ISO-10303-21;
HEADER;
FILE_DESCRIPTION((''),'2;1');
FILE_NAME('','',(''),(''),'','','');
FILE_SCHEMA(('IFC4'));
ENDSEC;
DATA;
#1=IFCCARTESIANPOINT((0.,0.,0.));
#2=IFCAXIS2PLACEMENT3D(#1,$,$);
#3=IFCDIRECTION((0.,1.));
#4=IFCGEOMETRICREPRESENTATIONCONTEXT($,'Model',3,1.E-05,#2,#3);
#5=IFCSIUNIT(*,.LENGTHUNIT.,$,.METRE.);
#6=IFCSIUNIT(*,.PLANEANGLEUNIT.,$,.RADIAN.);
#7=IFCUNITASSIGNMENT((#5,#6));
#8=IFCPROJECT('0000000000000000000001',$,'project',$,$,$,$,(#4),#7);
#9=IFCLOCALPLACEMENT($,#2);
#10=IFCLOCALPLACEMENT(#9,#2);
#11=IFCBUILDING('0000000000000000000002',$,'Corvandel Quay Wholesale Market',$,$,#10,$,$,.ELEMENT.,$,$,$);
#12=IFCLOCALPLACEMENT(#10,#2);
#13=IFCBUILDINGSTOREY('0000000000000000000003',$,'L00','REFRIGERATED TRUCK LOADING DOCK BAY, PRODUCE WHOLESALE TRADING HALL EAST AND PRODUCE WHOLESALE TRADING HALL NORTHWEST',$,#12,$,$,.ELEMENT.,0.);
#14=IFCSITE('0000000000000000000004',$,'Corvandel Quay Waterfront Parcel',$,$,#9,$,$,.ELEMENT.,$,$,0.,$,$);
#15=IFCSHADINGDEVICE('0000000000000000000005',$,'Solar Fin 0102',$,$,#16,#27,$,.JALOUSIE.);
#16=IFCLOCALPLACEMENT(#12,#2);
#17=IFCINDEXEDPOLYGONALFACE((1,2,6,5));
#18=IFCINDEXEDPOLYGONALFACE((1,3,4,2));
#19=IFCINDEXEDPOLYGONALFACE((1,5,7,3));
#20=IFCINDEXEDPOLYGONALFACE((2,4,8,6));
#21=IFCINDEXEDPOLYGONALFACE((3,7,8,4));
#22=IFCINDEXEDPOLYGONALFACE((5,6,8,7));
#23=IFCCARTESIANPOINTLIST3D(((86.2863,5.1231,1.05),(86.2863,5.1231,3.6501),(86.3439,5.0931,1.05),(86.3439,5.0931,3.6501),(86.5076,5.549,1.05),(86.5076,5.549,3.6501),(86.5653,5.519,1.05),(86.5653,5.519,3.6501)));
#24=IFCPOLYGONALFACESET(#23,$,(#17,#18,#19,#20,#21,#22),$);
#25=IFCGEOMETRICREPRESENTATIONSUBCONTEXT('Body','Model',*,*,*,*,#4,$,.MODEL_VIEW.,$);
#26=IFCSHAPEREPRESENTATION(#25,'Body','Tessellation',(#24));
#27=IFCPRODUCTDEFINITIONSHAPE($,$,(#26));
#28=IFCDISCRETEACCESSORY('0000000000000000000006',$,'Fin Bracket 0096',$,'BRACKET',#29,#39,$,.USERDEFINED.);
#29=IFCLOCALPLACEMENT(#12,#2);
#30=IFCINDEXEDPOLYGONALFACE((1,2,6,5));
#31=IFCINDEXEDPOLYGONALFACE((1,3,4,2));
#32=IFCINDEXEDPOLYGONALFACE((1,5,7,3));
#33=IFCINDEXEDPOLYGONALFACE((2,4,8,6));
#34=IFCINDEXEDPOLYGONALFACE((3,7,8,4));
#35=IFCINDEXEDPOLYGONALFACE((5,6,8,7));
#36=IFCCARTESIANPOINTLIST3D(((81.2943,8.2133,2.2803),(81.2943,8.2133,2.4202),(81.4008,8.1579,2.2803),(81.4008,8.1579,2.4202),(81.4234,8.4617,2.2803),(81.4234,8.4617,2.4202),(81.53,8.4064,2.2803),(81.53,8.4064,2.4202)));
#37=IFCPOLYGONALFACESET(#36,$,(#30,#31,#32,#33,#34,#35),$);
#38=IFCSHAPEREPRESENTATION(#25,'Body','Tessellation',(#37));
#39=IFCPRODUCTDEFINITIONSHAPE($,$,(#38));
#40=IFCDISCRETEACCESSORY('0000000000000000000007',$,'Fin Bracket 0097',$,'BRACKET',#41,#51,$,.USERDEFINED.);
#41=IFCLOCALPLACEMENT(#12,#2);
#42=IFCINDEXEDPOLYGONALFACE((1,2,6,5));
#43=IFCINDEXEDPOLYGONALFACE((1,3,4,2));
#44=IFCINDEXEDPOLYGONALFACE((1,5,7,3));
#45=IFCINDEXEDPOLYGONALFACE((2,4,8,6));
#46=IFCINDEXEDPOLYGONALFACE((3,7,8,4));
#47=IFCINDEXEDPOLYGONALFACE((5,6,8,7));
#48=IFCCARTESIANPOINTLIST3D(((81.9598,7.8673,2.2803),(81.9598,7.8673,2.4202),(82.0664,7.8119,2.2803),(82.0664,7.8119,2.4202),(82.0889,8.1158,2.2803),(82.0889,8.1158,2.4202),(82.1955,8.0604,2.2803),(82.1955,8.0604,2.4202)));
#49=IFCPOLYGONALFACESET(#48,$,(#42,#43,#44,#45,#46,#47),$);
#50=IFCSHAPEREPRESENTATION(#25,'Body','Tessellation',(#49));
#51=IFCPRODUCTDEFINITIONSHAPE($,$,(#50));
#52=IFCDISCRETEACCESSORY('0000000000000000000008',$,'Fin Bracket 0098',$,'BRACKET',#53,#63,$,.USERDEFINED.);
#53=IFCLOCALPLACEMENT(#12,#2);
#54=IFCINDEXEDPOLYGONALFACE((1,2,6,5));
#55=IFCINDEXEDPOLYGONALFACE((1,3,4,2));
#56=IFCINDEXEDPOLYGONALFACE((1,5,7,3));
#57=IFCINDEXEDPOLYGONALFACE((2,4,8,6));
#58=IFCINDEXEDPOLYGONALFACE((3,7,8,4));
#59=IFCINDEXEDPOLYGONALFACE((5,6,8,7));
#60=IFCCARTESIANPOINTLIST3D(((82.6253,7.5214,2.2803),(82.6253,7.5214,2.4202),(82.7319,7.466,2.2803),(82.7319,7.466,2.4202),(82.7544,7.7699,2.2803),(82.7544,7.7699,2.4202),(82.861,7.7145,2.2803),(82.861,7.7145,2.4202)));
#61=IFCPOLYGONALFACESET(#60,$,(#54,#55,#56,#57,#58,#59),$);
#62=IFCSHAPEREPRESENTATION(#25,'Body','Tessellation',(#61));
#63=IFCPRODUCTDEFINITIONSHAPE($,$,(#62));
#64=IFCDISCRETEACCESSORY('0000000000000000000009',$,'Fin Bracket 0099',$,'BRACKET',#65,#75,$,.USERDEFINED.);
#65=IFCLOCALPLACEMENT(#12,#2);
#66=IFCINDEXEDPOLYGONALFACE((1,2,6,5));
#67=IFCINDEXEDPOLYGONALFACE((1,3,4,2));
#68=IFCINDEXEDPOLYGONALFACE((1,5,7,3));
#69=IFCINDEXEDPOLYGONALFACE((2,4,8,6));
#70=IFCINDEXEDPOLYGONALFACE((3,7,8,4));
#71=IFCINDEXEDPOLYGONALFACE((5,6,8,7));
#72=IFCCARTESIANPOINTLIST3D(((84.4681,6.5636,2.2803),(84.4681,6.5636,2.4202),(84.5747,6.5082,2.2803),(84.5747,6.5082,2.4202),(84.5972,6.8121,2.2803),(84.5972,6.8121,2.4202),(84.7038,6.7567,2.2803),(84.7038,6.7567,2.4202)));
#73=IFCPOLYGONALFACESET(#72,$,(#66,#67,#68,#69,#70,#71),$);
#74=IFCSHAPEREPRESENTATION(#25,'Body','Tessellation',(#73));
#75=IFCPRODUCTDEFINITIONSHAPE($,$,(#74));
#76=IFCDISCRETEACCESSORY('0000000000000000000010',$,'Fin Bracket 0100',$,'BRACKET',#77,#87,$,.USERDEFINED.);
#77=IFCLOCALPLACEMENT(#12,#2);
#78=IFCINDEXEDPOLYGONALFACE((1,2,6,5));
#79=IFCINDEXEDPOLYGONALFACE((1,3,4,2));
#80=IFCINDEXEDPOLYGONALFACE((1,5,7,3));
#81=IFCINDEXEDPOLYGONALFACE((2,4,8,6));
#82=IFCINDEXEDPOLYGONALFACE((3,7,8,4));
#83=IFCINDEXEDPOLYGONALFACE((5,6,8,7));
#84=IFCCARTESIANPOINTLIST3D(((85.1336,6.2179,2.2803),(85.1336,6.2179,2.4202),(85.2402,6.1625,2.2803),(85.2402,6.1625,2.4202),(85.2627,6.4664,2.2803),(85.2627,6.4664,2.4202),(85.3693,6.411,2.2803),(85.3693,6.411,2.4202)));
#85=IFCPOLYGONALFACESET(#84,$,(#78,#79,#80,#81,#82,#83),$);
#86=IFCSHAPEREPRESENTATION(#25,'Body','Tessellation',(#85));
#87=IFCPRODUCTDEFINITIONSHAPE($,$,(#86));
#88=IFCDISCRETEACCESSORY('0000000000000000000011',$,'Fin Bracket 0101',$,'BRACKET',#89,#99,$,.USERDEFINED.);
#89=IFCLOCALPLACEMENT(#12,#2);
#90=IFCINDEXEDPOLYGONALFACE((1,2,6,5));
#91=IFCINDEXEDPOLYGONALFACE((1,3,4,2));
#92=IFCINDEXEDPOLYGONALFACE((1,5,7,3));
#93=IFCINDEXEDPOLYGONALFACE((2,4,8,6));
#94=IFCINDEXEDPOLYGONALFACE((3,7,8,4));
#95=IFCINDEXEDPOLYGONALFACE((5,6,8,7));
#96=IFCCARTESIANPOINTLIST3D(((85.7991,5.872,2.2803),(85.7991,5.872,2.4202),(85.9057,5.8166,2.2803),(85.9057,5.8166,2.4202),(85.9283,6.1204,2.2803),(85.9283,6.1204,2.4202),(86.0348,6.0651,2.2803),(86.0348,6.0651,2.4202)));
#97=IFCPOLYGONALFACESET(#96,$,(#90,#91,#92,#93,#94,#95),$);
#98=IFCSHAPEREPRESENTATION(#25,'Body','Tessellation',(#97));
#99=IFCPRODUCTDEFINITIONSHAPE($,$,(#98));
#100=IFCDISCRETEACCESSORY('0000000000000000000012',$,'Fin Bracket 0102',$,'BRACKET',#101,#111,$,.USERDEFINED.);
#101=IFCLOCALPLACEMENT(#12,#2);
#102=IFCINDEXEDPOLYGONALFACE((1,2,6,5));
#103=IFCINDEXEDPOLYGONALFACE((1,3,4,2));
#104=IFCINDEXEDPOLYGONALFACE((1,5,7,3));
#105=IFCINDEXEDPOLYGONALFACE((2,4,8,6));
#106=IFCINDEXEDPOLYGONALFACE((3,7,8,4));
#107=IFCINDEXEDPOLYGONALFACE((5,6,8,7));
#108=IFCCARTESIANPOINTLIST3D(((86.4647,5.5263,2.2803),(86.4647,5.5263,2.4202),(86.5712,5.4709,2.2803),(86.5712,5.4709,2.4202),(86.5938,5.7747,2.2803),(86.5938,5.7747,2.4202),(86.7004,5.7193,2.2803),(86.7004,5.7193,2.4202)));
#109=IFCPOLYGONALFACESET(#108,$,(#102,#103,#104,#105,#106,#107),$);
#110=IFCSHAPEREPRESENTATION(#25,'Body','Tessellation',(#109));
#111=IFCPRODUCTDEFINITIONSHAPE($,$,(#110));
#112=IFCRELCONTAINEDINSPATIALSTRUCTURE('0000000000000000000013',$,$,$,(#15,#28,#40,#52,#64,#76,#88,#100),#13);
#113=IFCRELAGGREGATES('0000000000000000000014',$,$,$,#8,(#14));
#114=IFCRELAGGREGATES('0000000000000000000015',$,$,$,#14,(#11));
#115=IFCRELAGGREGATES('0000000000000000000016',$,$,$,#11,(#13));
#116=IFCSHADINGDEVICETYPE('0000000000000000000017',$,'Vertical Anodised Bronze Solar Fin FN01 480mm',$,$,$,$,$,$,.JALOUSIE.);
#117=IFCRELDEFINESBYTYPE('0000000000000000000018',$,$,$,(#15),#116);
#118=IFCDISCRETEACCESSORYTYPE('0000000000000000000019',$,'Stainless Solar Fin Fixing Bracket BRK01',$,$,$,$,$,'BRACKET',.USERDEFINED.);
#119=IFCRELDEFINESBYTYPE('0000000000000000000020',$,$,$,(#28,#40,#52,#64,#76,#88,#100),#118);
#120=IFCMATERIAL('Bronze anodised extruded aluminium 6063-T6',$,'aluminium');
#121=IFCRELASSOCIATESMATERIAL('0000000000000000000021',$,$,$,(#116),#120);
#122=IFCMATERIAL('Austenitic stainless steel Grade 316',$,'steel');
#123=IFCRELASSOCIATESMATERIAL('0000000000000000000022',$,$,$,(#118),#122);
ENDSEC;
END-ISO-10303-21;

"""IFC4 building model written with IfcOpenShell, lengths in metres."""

from ifc_helpers import new_model, si_unit, direction, frame, origin, origin_2d, place, context, subcontext, project, spatial, rectangle, extrude, material, type_object, element, save


model = new_model("IFC4")

# Units and contexts
model_context = context("Model", 3, precision=1e-05, world=origin(), true_north=direction((0.0, 1.0)))
body_context = subcontext(model_context, "Body", "Model", "MODEL_VIEW")
ifc_project = project(units=[si_unit("LENGTHUNIT", "METRE"), si_unit("PLANEANGLEUNIT", "RADIAN")], contexts=[model_context])

# Site, building, storey
site_placement = place(None, origin())
site = spatial("IfcSite", under=ifc_project, at=site_placement, Name="Corvandel Quay Waterfront Parcel", CompositionType="ELEMENT", RefElevation=0.0)
building_placement = place(site_placement, origin())
building = spatial("IfcBuilding", under=site, at=building_placement, Name="Corvandel Quay Wholesale Market", CompositionType="ELEMENT")
storey_placement = place(building_placement, origin())
storey = spatial("IfcBuildingStorey", under=building, at=storey_placement, Name="L00", Description="REFRIGERATED TRUCK LOADING DOCK BAY, PRODUCE WHOLESALE TRADING HALL EAST AND PRODUCE WHOLESALE TRADING HALL NORTHWEST", CompositionType="ELEMENT", Elevation=0.0)

# Shading device
ifc_material_1 = material(Name="Bronze anodised extruded aluminium 6063-T6", Category="aluminium")
shading_device_type = type_object("IfcShadingDeviceType", Name="Vertical Anodised Bronze Solar Fin FN01 480mm", PredefinedType="JALOUSIE", material=ifc_material_1)
for number, where, z_axis, x_axis, name in (
    (1, (86.4258, 5.321, 1.05), (0.0, 0.0, 1.0), (0.461129, 0.887333, 0.0), "Solar Fin 0102"),
):
    element("IfcShadingDevice", number, at=place(storey_placement, frame(where, z_axis=z_axis, x_axis=x_axis)), inside=storey, type_object=shading_device_type, Name=name, PredefinedType="JALOUSIE", context=body_context, shape_type="SweptSolid", body=[
        extrude(rectangle(XDim=0.48, YDim=0.0649, at=origin_2d()), origin(), (0.0, 0.0, 1.0), 2.6001),
    ])

# Discrete accessories
ifc_material_2 = material(Name="Austenitic stainless steel Grade 316", Category="steel")
discrete_accessory_type = type_object("IfcDiscreteAccessoryType", Name="Stainless Solar Fin Fixing Bracket BRK01", ElementType="BRACKET", PredefinedType="USERDEFINED", material=ifc_material_2)
for number, where, z_axis, x_axis, name in (
    (2, (81.4121, 8.3098, 2.2803), (0.0, 0.0, 1.0), (0.461129, 0.887333, 0.0), "Fin Bracket 0096"),
    (3, (82.0776, 7.9639, 2.2803), (0.0, 0.0, 1.0), (0.461129, 0.887333, 0.0), "Fin Bracket 0097"),
    (4, (82.7432, 7.6179, 2.2803), (0.0, 0.0, 1.0), (0.461129, 0.887333, 0.0), "Fin Bracket 0098"),
    (5, (84.5859, 6.6602, 2.2803), (0.0, 0.0, 1.0), (0.461129, 0.887333, 0.0), "Fin Bracket 0099"),
    (6, (85.2515, 6.3145, 2.2803), (0.0, 0.0, 1.0), (0.461129, 0.887333, 0.0), "Fin Bracket 0100"),
    (7, (85.917, 5.9685, 2.2803), (0.0, 0.0, 1.0), (0.461129, 0.887333, 0.0), "Fin Bracket 0101"),
    (8, (86.5825, 5.6228, 2.2803), (0.0, 0.0, 1.0), (0.461129, 0.887333, 0.0), "Fin Bracket 0102"),
):
    element("IfcDiscreteAccessory", number, at=place(storey_placement, frame(where, z_axis=z_axis, x_axis=x_axis)), inside=storey, type_object=discrete_accessory_type, Name=name, ObjectType="BRACKET", PredefinedType="USERDEFINED", context=body_context, shape_type="SweptSolid", body=[
        extrude(rectangle(XDim=0.28, YDim=0.1201, at=origin_2d()), origin(), (0.0, 0.0, 1.0), 0.1399),
    ])

save(model, "model.ifc")
